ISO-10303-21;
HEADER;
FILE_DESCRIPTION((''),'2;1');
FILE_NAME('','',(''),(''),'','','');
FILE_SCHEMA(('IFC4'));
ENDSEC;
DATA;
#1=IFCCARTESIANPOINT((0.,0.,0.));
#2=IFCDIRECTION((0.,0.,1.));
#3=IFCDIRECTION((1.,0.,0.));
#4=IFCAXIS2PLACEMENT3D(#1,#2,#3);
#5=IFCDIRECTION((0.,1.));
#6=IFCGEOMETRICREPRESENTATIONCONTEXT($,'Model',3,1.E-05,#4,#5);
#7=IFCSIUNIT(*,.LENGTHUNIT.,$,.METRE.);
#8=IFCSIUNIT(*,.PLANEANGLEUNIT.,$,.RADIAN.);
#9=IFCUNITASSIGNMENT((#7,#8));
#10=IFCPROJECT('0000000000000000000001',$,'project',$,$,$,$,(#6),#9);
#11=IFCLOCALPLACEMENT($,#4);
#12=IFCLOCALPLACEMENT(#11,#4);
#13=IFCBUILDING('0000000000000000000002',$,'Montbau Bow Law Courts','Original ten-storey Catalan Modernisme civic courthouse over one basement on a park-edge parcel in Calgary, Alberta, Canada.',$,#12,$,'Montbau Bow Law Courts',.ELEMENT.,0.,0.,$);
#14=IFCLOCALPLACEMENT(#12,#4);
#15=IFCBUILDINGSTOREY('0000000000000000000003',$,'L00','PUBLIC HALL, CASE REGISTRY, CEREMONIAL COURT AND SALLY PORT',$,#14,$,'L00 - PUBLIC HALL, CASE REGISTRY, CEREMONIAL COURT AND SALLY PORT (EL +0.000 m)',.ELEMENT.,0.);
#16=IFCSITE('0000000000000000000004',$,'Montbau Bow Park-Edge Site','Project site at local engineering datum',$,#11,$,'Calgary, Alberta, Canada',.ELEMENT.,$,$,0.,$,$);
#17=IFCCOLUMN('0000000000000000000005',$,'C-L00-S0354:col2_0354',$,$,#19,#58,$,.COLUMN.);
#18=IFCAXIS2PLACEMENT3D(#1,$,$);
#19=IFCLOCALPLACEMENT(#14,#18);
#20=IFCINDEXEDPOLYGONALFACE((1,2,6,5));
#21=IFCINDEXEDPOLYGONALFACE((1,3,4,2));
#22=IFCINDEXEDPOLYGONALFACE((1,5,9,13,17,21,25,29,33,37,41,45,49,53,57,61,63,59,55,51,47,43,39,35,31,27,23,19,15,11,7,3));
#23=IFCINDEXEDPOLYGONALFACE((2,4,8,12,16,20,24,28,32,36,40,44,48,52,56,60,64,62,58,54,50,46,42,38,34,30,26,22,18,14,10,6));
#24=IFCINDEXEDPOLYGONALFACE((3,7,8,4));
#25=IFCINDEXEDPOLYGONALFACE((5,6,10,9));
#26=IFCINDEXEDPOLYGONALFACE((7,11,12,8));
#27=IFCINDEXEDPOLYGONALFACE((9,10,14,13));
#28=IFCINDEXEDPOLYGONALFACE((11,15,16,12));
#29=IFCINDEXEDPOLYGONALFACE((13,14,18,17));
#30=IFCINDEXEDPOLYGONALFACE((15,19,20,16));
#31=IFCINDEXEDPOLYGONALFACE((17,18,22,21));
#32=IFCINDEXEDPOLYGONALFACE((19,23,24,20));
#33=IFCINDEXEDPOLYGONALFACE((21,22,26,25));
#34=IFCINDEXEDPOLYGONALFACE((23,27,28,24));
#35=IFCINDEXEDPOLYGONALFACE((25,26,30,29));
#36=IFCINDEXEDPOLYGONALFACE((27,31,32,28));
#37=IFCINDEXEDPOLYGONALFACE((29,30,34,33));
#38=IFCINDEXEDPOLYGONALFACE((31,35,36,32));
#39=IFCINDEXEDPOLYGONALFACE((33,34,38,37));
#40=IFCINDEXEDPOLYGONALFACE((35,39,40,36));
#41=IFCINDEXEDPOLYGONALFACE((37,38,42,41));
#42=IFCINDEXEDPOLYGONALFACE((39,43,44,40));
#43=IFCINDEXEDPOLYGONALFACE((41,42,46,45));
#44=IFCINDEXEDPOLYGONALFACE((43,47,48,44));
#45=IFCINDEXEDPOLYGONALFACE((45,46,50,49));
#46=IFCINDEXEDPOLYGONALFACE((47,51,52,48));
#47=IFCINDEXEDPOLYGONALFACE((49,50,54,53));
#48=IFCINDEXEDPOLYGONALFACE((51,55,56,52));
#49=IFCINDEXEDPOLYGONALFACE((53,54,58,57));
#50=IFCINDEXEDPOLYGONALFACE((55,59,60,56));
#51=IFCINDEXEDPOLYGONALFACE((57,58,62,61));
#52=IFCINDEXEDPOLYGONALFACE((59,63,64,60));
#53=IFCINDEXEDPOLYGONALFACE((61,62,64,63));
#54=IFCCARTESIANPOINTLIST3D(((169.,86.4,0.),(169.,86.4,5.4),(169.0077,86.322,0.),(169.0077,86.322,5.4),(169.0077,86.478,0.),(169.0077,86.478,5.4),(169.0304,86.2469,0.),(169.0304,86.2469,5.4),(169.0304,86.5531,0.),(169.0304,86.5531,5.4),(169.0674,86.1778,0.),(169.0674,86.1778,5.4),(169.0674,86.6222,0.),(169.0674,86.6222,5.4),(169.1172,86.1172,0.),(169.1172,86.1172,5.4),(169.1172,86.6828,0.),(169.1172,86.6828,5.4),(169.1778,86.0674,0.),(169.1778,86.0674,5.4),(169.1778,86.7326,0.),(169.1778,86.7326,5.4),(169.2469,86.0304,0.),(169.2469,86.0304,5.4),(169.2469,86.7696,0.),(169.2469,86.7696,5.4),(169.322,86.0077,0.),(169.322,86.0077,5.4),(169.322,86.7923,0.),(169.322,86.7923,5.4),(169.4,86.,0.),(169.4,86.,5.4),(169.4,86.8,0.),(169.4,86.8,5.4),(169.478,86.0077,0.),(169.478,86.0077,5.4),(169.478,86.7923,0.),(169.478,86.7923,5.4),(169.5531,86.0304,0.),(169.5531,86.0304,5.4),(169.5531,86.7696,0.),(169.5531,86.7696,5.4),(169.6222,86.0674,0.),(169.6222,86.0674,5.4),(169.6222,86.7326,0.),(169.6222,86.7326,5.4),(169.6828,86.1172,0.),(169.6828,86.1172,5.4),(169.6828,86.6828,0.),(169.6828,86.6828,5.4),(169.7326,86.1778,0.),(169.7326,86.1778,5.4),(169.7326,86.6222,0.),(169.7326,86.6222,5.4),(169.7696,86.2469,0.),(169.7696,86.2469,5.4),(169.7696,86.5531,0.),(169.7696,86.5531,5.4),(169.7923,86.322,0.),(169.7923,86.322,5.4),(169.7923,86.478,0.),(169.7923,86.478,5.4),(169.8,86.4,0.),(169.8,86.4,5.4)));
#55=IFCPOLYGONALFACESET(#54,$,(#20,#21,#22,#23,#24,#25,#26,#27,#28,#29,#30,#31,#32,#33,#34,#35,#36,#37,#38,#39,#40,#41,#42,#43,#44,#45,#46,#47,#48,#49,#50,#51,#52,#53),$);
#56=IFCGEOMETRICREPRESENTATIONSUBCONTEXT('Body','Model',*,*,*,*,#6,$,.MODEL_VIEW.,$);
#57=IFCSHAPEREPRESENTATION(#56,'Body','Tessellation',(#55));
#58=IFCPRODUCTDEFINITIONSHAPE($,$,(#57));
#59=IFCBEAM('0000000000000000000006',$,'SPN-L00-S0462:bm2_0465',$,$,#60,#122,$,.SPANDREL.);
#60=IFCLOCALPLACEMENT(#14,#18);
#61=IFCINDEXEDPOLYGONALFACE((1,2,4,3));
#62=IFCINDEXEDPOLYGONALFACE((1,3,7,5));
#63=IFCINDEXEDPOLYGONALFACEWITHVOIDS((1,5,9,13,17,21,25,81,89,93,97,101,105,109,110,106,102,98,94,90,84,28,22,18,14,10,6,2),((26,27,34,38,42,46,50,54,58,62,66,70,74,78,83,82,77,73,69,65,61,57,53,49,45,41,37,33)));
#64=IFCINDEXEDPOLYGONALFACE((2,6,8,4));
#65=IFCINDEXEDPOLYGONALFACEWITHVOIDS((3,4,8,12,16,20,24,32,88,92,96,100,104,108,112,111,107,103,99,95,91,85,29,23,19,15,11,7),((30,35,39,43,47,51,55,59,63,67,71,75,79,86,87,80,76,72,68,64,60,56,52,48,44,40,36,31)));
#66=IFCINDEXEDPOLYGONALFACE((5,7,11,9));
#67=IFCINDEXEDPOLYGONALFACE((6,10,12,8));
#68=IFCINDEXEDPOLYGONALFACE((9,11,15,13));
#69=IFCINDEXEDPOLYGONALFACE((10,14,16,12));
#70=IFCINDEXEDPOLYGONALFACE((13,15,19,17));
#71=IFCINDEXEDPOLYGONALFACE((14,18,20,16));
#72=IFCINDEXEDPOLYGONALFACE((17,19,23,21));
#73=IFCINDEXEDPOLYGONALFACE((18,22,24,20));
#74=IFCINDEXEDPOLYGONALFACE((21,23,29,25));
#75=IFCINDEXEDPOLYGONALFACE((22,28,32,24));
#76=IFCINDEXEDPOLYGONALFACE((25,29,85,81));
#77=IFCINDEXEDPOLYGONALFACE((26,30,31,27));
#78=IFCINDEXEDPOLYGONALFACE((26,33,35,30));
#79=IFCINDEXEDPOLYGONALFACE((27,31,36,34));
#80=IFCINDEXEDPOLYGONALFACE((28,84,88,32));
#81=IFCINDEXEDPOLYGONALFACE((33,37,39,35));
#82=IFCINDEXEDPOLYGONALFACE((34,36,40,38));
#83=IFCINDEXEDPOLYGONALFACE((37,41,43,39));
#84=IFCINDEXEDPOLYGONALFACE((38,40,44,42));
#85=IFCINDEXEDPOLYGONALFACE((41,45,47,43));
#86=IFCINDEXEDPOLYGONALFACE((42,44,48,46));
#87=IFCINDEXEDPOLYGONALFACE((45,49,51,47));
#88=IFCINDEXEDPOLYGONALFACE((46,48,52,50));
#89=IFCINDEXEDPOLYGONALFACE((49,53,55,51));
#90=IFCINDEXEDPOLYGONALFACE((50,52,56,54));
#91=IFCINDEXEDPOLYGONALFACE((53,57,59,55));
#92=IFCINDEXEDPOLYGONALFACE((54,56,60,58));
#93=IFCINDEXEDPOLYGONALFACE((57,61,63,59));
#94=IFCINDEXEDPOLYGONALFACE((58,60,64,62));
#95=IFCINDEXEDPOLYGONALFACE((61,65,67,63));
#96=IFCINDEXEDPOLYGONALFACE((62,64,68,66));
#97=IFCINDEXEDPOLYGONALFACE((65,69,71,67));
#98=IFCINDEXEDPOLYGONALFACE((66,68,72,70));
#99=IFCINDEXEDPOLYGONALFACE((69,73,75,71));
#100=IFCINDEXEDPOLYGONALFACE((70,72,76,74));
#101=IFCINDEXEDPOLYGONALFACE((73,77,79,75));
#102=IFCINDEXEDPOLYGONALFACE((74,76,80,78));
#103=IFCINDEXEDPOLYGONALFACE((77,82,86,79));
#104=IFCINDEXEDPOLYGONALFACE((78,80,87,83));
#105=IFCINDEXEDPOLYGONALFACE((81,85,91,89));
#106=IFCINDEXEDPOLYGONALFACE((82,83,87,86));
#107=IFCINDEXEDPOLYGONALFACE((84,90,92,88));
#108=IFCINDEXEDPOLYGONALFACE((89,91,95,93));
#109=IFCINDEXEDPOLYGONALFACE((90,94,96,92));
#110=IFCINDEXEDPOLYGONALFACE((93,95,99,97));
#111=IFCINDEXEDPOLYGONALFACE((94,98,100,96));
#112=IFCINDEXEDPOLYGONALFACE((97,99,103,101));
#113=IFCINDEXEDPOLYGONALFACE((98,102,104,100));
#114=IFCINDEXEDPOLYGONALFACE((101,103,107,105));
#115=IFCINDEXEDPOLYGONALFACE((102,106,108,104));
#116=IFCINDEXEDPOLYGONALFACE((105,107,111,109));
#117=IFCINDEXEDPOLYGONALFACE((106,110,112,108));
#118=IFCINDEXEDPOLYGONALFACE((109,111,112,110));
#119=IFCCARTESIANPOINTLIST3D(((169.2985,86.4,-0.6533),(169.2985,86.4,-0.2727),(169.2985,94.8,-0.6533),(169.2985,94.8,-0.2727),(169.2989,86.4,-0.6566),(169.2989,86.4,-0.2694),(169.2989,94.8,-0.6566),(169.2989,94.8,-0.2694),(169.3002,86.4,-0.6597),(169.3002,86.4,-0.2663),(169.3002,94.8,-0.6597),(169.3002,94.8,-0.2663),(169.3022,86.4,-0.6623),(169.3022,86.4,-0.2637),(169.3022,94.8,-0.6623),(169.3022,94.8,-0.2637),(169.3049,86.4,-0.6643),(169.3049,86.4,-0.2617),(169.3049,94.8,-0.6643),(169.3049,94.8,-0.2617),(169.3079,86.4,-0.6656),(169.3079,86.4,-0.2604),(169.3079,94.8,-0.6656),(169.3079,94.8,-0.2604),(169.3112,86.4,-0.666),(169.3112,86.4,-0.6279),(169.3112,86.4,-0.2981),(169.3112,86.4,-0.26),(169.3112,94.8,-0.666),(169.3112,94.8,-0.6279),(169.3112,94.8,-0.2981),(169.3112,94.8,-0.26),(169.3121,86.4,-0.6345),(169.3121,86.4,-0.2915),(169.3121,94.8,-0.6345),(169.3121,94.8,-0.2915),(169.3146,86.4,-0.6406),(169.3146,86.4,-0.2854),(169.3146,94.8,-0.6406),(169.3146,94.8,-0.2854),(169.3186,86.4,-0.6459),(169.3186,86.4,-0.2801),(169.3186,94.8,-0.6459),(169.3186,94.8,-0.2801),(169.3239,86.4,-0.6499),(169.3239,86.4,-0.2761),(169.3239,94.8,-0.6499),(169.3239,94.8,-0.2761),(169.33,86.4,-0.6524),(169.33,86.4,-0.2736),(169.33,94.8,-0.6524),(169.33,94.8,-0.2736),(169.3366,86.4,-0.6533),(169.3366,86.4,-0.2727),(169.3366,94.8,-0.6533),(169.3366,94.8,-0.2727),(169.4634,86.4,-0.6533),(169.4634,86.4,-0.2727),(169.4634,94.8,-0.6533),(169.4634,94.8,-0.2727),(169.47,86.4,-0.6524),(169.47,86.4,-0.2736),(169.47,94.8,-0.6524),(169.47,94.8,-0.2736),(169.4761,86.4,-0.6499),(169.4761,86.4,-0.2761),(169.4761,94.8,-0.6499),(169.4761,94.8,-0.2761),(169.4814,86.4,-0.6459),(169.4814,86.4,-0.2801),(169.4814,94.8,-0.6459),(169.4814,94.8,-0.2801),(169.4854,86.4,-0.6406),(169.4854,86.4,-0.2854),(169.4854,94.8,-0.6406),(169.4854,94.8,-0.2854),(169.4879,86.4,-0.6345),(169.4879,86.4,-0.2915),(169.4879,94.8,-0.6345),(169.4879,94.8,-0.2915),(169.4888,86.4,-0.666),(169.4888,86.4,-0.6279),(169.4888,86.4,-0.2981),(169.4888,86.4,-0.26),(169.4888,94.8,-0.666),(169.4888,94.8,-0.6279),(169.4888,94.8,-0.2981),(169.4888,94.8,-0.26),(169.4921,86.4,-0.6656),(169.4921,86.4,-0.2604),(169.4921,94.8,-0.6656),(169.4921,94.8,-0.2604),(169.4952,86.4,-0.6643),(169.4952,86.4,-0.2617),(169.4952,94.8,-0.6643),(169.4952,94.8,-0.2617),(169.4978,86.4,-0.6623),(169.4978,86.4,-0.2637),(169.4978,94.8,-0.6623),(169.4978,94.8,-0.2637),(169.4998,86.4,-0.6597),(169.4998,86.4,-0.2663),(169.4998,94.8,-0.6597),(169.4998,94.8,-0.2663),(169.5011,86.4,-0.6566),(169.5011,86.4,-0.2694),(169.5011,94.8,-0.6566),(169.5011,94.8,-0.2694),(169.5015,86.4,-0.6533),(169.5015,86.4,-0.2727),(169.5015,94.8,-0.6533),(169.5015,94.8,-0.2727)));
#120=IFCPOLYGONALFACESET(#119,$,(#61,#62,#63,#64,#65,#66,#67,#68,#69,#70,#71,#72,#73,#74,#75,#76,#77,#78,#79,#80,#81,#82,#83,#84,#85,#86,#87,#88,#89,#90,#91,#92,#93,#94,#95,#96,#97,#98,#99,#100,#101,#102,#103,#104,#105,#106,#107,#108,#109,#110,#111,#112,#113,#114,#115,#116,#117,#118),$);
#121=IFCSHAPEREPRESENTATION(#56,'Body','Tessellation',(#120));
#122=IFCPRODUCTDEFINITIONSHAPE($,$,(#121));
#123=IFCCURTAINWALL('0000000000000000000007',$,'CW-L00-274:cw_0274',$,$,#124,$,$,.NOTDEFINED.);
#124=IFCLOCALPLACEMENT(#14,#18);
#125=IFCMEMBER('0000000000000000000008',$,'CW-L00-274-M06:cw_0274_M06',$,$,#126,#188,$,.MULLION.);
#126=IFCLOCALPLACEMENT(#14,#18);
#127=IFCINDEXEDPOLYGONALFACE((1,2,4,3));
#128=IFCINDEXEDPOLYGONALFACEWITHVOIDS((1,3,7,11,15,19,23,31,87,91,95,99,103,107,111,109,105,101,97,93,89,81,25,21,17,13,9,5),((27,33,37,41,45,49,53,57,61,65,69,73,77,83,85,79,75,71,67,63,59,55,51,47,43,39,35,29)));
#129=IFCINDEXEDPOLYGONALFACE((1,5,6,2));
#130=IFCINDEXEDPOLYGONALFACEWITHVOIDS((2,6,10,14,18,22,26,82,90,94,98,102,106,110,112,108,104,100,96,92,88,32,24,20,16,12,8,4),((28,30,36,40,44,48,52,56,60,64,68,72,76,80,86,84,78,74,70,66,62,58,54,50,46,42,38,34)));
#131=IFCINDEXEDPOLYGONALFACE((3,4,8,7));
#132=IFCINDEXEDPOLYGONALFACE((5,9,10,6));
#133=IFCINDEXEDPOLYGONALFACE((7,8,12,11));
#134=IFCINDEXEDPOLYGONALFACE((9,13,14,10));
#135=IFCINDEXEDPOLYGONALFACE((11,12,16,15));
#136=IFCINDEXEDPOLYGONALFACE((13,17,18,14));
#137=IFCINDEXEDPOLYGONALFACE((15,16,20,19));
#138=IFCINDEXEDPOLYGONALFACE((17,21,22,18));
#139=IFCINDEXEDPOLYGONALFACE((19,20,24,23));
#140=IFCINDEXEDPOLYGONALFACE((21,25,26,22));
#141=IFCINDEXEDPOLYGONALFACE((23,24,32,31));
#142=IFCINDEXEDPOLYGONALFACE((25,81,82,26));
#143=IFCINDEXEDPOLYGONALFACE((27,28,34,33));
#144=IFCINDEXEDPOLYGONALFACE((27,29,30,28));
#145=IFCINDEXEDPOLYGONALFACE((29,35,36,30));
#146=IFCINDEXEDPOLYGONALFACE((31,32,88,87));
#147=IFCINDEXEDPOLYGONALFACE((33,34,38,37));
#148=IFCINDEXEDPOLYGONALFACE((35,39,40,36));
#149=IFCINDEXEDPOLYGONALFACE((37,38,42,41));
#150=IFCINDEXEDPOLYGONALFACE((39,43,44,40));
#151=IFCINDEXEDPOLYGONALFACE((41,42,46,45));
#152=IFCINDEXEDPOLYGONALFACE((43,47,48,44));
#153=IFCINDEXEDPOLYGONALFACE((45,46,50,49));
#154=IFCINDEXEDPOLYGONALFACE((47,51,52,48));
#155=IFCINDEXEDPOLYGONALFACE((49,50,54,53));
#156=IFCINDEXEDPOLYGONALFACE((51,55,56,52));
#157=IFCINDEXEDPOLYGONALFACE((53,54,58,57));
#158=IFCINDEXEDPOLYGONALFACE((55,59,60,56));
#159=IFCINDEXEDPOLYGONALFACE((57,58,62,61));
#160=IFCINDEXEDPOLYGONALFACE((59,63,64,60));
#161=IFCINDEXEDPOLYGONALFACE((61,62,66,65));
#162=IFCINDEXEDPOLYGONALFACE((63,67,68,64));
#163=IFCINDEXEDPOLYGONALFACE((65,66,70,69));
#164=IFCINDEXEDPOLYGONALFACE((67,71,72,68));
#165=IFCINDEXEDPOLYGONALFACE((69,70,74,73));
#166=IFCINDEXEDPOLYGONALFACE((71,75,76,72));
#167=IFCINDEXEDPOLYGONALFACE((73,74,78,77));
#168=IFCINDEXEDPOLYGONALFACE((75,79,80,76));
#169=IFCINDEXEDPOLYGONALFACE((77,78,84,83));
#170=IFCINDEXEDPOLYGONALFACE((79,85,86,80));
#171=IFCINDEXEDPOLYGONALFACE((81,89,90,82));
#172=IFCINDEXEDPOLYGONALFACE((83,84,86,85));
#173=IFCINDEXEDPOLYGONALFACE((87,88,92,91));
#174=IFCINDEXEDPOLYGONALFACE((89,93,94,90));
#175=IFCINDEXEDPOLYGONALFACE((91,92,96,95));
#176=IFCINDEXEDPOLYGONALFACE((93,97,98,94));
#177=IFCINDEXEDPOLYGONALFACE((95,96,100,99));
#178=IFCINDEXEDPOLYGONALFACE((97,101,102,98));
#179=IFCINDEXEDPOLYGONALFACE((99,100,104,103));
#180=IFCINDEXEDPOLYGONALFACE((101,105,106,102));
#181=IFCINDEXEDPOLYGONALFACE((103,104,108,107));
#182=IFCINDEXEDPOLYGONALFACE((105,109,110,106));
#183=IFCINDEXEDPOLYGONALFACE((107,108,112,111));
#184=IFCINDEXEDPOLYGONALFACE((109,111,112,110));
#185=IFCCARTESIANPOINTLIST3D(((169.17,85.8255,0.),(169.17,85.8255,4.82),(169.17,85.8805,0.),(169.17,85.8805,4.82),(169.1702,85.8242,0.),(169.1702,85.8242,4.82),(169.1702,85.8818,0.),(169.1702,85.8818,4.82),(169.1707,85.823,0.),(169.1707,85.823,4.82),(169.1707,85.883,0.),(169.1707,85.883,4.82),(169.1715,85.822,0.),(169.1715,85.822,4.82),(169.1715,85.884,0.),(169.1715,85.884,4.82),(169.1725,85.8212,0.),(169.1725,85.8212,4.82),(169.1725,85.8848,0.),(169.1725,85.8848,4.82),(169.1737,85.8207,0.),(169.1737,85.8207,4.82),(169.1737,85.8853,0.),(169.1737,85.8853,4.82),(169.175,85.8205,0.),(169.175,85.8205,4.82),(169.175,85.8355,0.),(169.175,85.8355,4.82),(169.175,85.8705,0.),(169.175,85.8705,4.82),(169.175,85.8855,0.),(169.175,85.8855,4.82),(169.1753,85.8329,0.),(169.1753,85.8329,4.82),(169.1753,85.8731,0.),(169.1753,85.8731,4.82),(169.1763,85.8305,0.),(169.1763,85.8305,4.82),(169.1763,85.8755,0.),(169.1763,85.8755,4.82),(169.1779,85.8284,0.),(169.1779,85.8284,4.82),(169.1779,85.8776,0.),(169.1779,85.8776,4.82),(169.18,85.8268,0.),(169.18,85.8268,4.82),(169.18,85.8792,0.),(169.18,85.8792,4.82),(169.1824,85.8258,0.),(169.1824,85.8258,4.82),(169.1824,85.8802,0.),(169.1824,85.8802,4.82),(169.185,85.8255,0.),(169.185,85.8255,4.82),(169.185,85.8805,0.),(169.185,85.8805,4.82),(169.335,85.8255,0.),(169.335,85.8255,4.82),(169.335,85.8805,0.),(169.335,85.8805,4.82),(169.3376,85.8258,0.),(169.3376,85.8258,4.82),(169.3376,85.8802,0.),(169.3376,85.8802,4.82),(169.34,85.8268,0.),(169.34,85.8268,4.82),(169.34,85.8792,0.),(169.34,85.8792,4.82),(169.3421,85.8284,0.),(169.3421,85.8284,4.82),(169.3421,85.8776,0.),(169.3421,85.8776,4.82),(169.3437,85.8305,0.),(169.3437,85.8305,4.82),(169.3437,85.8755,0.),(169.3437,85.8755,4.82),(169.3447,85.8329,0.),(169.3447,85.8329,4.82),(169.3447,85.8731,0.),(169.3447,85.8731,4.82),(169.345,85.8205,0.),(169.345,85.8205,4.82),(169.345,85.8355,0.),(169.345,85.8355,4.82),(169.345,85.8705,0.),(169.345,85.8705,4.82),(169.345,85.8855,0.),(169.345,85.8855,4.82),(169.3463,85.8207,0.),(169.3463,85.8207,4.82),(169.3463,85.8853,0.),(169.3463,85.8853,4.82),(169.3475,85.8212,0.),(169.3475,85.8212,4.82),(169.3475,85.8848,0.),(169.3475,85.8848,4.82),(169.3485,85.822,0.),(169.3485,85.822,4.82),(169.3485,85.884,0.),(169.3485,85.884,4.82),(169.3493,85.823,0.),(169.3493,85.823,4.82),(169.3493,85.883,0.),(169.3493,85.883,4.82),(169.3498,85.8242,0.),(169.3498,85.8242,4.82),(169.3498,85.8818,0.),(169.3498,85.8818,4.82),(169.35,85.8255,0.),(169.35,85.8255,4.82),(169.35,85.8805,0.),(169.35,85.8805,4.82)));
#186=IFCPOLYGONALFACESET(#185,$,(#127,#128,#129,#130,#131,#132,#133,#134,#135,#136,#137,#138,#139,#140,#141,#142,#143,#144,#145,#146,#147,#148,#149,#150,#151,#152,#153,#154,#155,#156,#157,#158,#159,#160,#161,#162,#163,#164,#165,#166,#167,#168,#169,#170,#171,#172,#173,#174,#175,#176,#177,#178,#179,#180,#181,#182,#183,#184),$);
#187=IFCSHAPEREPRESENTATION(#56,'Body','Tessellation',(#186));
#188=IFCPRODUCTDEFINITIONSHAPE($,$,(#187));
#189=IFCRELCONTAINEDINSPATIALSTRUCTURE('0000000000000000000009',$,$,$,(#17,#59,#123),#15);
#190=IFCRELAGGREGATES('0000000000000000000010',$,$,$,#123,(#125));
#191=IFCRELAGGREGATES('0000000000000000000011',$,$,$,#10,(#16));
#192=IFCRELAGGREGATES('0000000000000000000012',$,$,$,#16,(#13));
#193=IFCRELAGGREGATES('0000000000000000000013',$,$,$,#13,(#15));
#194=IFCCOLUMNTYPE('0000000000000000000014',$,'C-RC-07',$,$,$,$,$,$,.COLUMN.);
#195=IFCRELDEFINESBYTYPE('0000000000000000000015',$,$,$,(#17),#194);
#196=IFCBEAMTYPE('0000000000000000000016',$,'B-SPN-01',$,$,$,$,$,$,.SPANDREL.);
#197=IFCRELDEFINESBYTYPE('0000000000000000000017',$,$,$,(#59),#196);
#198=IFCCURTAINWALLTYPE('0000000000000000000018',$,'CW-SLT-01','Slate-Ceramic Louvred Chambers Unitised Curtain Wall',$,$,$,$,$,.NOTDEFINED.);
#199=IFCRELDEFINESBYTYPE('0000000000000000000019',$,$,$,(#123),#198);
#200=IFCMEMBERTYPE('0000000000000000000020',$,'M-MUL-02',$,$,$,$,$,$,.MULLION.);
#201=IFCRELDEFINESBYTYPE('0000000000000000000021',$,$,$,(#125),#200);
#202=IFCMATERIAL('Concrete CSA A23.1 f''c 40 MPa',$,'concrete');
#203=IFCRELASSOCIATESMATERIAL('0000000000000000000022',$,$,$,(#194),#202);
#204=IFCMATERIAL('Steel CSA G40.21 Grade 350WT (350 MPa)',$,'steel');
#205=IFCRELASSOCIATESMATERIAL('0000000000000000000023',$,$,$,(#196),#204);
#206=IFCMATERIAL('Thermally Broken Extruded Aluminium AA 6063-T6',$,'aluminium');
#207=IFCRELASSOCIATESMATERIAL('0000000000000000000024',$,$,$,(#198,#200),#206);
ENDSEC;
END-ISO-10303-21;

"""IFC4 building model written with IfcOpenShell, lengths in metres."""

from ifc_helpers import new_model, si_unit, direction, frame, origin_with_axes, origin_2d_with_axis, place, context, subcontext, project, spatial, hollow_rectangle, circle, extrude, material, material_profile, profile_set, type_object, element, aggregate, save


model = new_model("IFC4")

# Units and contexts
model_context = context("Model", 3, precision=1e-05, world=origin_with_axes(), true_north=direction((0.0, 1.0)))
body_context = subcontext(model_context, "Body", "Model", "MODEL_VIEW")
ifc_project = project(units=[si_unit("LENGTHUNIT", "METRE"), si_unit("PLANEANGLEUNIT", "RADIAN")], contexts=[model_context])

# Site, building, storey
site_placement = place(None, origin_with_axes())
site = spatial("IfcSite", under=ifc_project, at=site_placement, Name="Montbau Bow Park-Edge Site", Description="Project site at local engineering datum", LongName="Calgary, Alberta, Canada", CompositionType="ELEMENT", RefElevation=0.0)
building_placement = place(site_placement, origin_with_axes())
building = spatial("IfcBuilding", under=site, at=building_placement, Name="Montbau Bow Law Courts", Description="Original ten-storey Catalan Modernisme civic courthouse over one basement on a park-edge parcel in Calgary, Alberta, Canada.", LongName="Montbau Bow Law Courts", CompositionType="ELEMENT", ElevationOfRefHeight=0.0, ElevationOfTerrain=0.0)
storey_placement = place(building_placement, origin_with_axes())
storey = spatial("IfcBuildingStorey", under=building, at=storey_placement, Name="L00", Description="PUBLIC HALL, CASE REGISTRY, CEREMONIAL COURT AND SALLY PORT", LongName="L00 - PUBLIC HALL, CASE REGISTRY, CEREMONIAL COURT AND SALLY PORT (EL +0.000 m)", CompositionType="ELEMENT", Elevation=0.0)

# Column
ifc_material_1 = material(Name="Concrete CSA A23.1 f'c 40 MPa", Category="concrete")
ifc_material_profile_1 = material_profile(ifc_material_1, circle(Radius=0.4, at=origin_2d_with_axis()), Name="RC800D", Category="Main", Priority=0)
ifc_profile_set_1 = profile_set([ifc_material_profile_1], Name="Concrete CSA A23.1 f'c 40 MPa")
column_type = type_object("IfcColumnType", Name="C-RC-07", PredefinedType="COLUMN", material=ifc_profile_set_1)
column_placement = place(None, frame((169.4, 86.4, 0.0), z_axis=(0.0, 0.0, 1.0), x_axis=(1.0, 0.0, 0.0)))
element("IfcColumn", 1, at=column_placement, inside=storey, type_object=column_type, Name="C-L00-S0354:col2_0354", PredefinedType="COLUMN", context=body_context, shape_type="SweptSolid", body=[
    extrude(circle(Radius=0.4, at=origin_2d_with_axis()), origin_with_axes(), (0.0, 0.0, 1.0), 5.4),
])

# Beam
ifc_material_2 = material(Name="Steel CSA G40.21 Grade 350WT (350 MPa)", Category="steel")
ifc_material_profile_2 = material_profile(ifc_material_2, hollow_rectangle(XDim=0.203, YDim=0.406, WallThickness=0.0127, InnerFilletRadius=0.0254, OuterFilletRadius=0.0127, at=origin_2d_with_axis()), Name="HSS406X203X13", Category="Main", Priority=0)
ifc_profile_set_2 = profile_set([ifc_material_profile_2], Name="Steel CSA G40.21 Grade 350WT (350 MPa)")
beam_type = type_object("IfcBeamType", Name="B-SPN-01", PredefinedType="SPANDREL", material=ifc_profile_set_2)
beam_placement = place(None, frame((169.4, 86.4, -0.463), z_axis=(0.0, 1.0, 0.0), x_axis=(-1.0, 0.0, 0.0)))
element("IfcBeam", 2, at=beam_placement, inside=storey, type_object=beam_type, Name="SPN-L00-S0462:bm2_0465", PredefinedType="SPANDREL", context=body_context, shape_type="SweptSolid", body=[
    extrude(hollow_rectangle(XDim=0.203, YDim=0.406, WallThickness=0.0127, InnerFilletRadius=0.0254, OuterFilletRadius=0.0127, at=origin_2d_with_axis()), origin_with_axes(), (0.0, 0.0, 1.0), 8.4),
])

# Curtain wall, member
ifc_material_3 = material(Name="Thermally Broken Extruded Aluminium AA 6063-T6", Category="aluminium")
curtain_wall_type = type_object("IfcCurtainWallType", Name="CW-SLT-01", Description="Slate-Ceramic Louvred Chambers Unitised Curtain Wall", PredefinedType="NOTDEFINED", material=ifc_material_3)
curtain_wall_1_placement = place(None, frame((169.26, 78.515, 0.0), z_axis=(0.0, 0.0, 1.0), x_axis=(1.0, 0.0, 0.0)))
curtain_wall_1 = element("IfcCurtainWall", 3, at=curtain_wall_1_placement, inside=storey, type_object=curtain_wall_type, Name="CW-L00-274:cw_0274", PredefinedType="NOTDEFINED")
ifc_material_profile_3 = material_profile(ifc_material_3, hollow_rectangle(XDim=0.065, YDim=0.18, WallThickness=0.005, InnerFilletRadius=0.01, OuterFilletRadius=0.005, at=origin_2d_with_axis()), Name="CWM-180X65", Category="Main", Priority=0)
ifc_profile_set_3 = profile_set([ifc_material_profile_3], Name="Thermally Broken Extruded Aluminium AA 6063-T6")
member_type_1 = type_object("IfcMemberType", Name="M-MUL-02", PredefinedType="MULLION", material=ifc_profile_set_3)
member_1_placement = place(None, frame((169.26, 85.853, 0.0), z_axis=(0.0, 0.0, 1.0), x_axis=(0.0, 1.0, 0.0)))
member_1 = element("IfcMember", 4, at=member_1_placement, type_object=member_type_1, Name="CW-L00-274-M06:cw_0274_M06", PredefinedType="MULLION", context=body_context, shape_type="SweptSolid", body=[
    extrude(hollow_rectangle(XDim=0.065, YDim=0.18, WallThickness=0.005, InnerFilletRadius=0.01, OuterFilletRadius=0.005, at=origin_2d_with_axis()), origin_with_axes(), (0.0, 0.0, 1.0), 4.82),
])

aggregate(curtain_wall_1, [member_1])

save(model, "model.ifc")
